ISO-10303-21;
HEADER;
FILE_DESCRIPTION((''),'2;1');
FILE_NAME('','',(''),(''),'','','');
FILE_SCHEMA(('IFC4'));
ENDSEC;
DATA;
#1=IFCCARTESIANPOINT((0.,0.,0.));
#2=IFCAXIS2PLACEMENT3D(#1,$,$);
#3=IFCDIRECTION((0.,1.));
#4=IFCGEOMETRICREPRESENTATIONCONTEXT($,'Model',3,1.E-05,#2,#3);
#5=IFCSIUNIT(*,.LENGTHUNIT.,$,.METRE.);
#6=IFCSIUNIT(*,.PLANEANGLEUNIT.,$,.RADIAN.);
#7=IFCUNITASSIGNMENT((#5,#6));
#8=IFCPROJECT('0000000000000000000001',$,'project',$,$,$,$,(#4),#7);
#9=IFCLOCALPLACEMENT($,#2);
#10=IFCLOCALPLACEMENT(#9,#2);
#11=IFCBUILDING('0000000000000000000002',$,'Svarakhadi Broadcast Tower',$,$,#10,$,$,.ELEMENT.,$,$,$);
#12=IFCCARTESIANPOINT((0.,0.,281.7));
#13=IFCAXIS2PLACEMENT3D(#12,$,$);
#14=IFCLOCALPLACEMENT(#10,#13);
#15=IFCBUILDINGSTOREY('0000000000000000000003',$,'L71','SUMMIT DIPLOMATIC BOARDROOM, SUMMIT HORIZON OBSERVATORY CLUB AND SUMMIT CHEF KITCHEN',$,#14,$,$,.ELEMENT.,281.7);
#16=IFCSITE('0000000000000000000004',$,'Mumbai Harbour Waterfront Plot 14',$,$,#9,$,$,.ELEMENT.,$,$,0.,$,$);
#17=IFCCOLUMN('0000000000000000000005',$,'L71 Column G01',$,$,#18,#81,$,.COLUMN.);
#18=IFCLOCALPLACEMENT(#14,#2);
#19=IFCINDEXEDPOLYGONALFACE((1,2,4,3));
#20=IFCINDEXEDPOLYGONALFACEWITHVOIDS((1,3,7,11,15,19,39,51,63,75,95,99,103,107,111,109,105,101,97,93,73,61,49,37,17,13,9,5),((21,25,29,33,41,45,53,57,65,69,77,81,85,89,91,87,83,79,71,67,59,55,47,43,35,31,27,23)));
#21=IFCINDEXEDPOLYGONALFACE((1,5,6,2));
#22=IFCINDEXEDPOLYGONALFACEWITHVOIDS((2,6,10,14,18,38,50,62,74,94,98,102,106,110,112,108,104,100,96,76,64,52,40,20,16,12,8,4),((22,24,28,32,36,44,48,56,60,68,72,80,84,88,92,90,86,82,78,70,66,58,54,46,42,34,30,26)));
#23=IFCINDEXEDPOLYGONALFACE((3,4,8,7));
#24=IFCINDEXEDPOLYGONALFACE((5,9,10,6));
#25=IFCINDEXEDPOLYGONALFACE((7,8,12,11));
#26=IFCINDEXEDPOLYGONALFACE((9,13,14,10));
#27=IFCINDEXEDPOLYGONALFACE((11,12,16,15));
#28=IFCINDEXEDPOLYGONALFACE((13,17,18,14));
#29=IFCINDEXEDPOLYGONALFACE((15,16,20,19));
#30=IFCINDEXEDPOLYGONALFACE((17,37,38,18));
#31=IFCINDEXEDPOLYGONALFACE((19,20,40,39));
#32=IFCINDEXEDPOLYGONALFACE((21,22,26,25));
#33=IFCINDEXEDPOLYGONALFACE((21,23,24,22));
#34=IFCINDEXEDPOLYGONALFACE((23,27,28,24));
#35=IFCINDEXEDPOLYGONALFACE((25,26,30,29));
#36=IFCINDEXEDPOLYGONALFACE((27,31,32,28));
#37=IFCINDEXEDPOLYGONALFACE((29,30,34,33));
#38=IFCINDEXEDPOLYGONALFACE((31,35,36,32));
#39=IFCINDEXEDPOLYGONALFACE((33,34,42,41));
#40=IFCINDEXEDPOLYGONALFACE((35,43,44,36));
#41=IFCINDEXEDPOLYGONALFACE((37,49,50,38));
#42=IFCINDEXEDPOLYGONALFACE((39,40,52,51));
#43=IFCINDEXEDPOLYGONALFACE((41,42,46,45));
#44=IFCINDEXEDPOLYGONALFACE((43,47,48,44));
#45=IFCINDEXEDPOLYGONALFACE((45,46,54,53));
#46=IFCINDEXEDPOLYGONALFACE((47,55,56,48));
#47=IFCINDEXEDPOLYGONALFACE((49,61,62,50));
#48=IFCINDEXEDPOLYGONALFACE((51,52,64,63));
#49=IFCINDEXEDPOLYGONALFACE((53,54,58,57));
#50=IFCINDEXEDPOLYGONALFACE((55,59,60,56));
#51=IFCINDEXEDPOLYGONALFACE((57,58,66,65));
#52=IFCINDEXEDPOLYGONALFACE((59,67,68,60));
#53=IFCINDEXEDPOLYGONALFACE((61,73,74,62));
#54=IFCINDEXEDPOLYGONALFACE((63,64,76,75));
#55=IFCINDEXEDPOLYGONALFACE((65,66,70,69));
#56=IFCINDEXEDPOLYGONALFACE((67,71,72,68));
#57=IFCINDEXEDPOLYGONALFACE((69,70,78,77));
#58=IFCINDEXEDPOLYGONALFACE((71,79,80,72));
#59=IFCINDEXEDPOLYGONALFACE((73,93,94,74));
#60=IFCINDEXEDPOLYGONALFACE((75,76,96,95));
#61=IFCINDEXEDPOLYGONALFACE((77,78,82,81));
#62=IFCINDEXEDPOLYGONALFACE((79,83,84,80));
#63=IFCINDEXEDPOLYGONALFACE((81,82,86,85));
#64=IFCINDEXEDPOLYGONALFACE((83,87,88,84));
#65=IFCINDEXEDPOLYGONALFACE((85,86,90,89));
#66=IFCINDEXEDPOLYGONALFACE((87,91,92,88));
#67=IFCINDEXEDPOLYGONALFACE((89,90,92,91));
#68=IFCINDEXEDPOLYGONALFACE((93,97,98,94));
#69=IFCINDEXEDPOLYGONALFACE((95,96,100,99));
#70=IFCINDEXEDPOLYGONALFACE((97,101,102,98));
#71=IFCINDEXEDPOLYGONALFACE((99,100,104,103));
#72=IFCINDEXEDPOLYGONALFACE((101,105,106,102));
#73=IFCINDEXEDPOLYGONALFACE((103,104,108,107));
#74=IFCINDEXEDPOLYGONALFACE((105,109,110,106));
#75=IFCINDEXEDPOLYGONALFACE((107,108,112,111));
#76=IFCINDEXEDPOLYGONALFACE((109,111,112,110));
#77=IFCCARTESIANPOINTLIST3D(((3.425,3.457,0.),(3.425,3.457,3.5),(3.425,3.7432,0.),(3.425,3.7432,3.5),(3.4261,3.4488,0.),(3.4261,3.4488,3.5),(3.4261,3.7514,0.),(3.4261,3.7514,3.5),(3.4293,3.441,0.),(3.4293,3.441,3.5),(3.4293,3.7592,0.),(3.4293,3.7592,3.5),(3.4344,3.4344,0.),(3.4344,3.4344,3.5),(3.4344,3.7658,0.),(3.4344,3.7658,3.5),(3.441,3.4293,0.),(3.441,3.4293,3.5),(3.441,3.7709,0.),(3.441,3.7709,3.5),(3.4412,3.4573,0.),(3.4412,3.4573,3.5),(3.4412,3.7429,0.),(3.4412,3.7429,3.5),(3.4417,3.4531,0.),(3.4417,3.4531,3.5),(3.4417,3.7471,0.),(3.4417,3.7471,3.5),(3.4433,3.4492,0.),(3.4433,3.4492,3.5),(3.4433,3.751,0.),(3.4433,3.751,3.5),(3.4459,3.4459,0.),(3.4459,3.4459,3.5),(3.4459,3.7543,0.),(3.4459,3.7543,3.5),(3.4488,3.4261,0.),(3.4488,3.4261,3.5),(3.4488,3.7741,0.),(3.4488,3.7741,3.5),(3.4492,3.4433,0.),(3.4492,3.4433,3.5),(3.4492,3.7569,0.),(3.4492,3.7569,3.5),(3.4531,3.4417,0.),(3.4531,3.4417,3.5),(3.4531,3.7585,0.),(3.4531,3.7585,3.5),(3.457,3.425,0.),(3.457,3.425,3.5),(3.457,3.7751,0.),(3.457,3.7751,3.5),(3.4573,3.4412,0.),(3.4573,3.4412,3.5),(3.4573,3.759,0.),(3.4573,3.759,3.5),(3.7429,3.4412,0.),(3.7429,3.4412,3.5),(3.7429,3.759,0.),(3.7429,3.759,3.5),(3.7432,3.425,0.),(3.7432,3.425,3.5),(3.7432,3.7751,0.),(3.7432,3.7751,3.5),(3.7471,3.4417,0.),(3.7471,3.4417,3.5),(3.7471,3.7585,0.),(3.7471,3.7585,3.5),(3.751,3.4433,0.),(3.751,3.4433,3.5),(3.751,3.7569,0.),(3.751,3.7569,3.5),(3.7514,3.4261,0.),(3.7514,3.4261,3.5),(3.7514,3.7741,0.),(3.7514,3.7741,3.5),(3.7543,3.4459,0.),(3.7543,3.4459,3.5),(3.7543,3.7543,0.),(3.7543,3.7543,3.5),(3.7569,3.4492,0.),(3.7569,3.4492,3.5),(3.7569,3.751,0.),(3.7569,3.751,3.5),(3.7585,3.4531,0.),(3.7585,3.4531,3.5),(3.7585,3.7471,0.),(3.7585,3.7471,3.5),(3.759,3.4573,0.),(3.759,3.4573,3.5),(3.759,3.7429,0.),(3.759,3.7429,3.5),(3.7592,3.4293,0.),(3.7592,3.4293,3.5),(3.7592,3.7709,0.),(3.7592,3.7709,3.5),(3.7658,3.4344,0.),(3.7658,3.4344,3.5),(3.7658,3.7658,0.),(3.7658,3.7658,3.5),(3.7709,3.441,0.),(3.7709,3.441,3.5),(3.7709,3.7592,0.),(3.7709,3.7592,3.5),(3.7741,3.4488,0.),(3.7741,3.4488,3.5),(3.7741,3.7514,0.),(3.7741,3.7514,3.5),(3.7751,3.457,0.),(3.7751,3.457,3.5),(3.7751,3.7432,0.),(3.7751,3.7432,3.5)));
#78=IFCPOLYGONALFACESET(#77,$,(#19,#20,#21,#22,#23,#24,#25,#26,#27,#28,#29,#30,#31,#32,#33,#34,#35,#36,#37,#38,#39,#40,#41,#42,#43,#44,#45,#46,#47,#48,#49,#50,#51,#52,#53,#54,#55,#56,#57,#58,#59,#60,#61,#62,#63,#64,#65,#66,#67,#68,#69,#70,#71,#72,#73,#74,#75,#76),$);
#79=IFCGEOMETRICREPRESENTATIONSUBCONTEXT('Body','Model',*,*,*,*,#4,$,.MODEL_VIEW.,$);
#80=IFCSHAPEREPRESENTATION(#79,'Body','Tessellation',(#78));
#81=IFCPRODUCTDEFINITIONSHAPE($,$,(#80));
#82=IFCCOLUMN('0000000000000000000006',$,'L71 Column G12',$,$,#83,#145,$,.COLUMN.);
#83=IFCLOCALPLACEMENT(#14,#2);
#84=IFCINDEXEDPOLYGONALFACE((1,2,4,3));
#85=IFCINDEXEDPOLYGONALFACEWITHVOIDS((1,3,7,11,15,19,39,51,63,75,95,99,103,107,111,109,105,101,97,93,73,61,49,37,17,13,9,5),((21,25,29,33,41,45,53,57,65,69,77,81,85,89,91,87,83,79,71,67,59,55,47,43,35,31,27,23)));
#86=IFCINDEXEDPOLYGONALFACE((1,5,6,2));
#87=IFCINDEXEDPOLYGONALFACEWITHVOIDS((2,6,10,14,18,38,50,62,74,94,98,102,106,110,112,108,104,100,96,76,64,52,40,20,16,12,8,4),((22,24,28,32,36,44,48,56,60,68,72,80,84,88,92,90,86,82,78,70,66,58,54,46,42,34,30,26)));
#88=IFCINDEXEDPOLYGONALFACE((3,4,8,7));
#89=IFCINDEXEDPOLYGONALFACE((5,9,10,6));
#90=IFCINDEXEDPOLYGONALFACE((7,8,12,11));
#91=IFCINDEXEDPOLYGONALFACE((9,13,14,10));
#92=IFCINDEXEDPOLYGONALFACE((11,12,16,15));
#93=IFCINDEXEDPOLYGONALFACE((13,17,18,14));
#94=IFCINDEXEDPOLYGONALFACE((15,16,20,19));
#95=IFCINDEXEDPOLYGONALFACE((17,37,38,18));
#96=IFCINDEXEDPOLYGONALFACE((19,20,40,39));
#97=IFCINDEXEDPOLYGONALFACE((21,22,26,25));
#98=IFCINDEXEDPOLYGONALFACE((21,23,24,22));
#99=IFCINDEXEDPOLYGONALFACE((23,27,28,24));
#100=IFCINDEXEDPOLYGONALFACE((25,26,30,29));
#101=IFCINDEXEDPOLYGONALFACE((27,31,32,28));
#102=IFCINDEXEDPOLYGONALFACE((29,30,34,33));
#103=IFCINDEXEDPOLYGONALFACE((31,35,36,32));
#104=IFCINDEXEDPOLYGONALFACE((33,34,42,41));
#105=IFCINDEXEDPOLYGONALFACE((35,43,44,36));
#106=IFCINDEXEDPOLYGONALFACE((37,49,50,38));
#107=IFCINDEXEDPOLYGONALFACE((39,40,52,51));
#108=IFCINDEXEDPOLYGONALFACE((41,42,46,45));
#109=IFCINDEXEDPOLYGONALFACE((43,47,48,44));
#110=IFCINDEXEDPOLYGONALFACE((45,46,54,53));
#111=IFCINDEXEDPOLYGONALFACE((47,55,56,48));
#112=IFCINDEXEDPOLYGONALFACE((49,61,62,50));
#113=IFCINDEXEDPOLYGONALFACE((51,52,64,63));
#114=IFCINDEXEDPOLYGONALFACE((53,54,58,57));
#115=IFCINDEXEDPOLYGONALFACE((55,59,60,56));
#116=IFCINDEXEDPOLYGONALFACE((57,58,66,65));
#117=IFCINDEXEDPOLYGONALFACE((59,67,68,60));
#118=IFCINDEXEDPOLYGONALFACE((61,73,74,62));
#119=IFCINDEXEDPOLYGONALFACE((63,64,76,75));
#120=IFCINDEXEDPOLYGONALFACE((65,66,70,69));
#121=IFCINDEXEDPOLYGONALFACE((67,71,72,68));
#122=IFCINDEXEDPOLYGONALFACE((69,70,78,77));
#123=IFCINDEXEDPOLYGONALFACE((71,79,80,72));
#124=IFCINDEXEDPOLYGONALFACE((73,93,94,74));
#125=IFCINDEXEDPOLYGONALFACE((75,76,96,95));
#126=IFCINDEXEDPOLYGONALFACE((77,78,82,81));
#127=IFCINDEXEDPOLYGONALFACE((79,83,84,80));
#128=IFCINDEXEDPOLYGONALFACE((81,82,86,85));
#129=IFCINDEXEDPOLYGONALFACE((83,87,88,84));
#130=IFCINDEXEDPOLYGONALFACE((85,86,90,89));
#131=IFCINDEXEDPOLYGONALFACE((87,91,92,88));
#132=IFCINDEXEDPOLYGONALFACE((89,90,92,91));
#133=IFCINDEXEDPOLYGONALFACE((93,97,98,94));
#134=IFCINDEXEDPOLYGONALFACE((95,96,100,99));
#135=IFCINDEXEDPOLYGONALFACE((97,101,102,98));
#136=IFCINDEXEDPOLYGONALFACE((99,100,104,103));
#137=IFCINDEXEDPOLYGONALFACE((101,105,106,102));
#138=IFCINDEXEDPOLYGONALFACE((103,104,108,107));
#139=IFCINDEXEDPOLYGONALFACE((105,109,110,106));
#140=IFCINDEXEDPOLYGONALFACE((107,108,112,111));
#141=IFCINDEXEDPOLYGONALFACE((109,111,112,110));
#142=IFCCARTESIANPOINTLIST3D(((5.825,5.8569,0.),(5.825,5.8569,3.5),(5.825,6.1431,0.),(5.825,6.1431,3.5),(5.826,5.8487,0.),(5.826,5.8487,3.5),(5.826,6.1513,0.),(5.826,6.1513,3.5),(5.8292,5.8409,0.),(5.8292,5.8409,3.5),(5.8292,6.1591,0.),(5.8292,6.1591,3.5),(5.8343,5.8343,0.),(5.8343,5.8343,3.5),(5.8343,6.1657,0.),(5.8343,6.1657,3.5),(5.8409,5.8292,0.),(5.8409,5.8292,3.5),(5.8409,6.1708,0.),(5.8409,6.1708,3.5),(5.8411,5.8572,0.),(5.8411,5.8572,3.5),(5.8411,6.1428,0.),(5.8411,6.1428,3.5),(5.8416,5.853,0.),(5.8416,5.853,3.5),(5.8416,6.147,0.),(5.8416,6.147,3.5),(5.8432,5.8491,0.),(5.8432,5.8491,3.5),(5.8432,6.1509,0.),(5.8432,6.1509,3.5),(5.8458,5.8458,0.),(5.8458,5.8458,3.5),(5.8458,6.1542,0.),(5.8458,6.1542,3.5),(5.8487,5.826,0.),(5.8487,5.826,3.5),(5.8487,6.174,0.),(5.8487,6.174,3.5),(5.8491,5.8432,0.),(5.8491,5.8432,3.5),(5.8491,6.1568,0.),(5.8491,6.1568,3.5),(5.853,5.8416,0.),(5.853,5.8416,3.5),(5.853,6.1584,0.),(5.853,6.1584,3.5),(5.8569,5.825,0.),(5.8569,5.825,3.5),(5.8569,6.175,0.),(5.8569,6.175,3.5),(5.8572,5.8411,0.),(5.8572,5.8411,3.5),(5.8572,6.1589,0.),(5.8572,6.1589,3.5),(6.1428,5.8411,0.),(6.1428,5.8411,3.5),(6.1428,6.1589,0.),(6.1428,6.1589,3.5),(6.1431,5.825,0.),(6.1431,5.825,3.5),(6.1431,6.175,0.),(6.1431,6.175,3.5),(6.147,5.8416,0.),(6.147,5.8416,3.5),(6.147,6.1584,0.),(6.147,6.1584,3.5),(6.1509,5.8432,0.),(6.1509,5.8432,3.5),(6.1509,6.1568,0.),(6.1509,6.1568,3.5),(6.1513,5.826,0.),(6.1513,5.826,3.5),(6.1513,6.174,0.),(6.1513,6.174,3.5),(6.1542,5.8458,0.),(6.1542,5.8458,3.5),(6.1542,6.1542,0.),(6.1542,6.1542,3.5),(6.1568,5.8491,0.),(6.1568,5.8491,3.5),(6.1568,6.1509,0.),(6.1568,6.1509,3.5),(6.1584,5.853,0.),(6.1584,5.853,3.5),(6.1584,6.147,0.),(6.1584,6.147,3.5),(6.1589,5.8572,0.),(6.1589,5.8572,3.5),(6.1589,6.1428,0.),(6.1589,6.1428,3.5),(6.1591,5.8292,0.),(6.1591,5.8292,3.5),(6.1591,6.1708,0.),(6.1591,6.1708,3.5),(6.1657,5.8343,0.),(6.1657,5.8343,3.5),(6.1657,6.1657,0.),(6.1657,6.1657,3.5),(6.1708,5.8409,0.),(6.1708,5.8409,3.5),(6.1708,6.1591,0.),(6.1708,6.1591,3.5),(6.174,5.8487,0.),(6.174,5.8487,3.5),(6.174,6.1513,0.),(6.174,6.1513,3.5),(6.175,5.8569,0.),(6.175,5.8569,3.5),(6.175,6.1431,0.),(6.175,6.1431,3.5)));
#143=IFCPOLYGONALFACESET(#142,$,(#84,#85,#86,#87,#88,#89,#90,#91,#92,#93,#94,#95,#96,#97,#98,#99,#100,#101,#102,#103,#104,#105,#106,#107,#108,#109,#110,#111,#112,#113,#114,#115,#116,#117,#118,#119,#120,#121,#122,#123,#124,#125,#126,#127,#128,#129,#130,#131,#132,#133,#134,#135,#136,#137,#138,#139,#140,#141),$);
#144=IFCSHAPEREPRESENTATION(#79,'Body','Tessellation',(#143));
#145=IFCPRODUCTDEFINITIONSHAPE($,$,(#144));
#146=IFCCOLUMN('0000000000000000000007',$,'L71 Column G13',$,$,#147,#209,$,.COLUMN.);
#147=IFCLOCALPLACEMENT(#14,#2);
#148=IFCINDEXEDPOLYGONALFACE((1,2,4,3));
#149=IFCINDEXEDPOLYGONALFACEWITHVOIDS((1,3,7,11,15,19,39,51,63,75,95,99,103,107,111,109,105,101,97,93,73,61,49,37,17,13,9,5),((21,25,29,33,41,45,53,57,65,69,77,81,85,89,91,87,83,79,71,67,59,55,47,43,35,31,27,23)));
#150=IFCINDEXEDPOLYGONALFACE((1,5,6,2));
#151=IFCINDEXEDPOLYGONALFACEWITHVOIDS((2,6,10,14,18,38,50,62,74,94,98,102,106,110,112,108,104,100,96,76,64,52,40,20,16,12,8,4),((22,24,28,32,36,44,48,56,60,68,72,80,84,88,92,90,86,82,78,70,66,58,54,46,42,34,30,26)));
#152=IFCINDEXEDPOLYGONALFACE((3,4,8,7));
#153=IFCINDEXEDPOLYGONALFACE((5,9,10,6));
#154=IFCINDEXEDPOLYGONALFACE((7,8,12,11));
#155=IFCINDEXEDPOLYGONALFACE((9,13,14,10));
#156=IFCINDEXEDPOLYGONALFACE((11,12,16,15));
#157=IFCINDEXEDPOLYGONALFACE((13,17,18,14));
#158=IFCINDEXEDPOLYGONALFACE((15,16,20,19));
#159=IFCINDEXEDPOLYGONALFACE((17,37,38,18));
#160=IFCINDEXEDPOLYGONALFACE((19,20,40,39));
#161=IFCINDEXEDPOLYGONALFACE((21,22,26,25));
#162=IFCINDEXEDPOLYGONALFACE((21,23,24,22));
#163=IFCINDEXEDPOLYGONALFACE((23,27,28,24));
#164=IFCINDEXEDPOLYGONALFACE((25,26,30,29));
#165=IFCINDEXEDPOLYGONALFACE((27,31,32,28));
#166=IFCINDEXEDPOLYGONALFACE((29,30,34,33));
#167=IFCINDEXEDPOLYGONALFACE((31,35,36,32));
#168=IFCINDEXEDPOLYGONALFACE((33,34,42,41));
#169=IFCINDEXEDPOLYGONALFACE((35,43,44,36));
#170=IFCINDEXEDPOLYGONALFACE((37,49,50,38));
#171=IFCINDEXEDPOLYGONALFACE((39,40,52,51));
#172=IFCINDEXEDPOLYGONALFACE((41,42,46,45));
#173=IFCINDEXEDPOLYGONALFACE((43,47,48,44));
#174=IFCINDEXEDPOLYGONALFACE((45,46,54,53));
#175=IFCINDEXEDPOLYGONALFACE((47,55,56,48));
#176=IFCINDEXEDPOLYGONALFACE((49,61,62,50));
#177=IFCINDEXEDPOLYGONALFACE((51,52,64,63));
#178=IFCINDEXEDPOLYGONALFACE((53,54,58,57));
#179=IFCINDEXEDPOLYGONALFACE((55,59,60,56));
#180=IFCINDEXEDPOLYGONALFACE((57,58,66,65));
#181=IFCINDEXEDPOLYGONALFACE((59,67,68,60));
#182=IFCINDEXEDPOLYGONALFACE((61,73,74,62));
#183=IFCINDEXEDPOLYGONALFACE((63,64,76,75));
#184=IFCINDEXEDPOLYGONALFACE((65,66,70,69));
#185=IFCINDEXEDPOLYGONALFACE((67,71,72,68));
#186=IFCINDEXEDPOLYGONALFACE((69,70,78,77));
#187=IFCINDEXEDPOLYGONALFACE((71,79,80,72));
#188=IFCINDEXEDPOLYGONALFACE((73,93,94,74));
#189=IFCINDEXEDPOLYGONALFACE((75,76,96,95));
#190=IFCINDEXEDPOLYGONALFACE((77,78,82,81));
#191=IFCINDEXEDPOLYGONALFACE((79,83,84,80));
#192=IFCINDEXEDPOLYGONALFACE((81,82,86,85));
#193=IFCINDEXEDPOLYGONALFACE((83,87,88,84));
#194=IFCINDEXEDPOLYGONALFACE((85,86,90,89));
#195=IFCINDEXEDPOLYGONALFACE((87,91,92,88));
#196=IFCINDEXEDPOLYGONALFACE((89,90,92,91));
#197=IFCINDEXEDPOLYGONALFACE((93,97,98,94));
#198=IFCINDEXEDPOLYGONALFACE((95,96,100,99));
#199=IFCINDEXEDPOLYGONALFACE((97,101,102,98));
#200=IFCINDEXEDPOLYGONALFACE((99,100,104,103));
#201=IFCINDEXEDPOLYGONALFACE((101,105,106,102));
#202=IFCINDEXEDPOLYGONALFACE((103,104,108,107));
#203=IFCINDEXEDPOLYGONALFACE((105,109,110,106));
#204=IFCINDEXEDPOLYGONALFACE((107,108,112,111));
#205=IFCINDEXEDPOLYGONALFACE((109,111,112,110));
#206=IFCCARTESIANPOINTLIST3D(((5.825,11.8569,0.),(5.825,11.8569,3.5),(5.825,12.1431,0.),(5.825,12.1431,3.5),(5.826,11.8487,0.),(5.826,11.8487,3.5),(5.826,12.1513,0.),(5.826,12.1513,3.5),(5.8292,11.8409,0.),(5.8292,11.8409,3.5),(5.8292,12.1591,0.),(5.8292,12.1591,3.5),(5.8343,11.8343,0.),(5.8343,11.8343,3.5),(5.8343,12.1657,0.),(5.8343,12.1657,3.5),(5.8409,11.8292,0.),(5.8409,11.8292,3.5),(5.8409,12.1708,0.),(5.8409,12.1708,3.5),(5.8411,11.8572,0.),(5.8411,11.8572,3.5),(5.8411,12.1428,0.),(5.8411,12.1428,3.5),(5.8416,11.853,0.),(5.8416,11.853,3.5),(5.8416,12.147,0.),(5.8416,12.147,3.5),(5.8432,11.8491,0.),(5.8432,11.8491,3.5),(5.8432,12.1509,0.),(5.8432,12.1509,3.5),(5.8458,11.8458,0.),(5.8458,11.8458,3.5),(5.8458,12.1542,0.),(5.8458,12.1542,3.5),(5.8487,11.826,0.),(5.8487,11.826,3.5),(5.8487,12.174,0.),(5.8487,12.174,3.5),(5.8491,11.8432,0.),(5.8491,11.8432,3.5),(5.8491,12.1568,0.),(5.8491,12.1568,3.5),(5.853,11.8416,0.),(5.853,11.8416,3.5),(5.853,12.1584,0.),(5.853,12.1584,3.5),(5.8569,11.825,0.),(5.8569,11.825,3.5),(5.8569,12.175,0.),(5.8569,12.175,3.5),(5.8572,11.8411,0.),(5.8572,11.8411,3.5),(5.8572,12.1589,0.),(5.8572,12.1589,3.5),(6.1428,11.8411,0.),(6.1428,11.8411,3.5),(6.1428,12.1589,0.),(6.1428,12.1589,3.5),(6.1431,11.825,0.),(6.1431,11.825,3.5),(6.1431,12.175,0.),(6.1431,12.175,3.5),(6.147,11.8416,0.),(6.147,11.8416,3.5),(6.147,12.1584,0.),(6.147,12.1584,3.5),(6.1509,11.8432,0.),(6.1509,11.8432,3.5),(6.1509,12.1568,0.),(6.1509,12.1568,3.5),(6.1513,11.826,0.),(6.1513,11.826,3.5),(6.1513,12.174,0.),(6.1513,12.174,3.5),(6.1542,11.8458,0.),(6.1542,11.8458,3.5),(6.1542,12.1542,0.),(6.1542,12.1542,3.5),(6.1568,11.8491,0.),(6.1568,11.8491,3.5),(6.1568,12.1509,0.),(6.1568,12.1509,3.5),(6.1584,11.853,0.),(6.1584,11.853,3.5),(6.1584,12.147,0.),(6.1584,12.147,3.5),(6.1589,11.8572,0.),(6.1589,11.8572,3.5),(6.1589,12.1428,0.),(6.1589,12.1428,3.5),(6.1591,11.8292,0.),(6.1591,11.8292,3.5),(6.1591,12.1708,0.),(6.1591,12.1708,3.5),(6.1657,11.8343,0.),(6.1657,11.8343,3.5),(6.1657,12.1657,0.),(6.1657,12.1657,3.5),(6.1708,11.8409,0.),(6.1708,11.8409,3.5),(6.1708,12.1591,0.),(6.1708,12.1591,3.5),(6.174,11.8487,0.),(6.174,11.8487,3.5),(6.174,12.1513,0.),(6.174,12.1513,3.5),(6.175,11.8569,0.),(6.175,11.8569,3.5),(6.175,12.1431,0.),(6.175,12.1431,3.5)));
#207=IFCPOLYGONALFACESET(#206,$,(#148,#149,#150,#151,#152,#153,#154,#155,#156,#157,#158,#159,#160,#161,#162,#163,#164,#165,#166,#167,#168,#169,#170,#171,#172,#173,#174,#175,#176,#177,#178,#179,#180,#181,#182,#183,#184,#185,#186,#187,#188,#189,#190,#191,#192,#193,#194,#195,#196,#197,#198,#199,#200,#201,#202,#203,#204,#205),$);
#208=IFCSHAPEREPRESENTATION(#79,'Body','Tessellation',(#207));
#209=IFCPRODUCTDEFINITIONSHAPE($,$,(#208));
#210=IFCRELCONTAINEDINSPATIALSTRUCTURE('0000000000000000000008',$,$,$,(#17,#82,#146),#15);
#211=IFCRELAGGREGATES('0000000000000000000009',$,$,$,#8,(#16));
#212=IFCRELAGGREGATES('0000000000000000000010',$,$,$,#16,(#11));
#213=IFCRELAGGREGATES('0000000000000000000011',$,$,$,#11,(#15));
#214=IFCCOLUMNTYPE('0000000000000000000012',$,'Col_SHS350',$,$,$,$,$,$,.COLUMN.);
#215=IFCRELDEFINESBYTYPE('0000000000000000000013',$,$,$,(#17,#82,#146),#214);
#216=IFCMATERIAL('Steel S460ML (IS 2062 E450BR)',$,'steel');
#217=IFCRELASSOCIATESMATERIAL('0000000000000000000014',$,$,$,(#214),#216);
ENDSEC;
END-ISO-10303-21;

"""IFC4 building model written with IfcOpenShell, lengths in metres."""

from ifc_helpers import new_model, si_unit, direction, frame, origin, origin_2d, place, context, subcontext, project, spatial, hollow_rectangle, extrude, material, material_profile, profile_set, type_object, element, save


model = new_model("IFC4")

# Units and contexts
model_context = context("Model", 3, precision=1e-05, world=origin(), true_north=direction((0.0, 1.0)))
body_context = subcontext(model_context, "Body", "Model", "MODEL_VIEW")
ifc_project = project(units=[si_unit("LENGTHUNIT", "METRE"), si_unit("PLANEANGLEUNIT", "RADIAN")], contexts=[model_context])

# Site, building, storey
site_placement = place(None, origin())
site = spatial("IfcSite", under=ifc_project, at=site_placement, Name="Mumbai Harbour Waterfront Plot 14", CompositionType="ELEMENT", RefElevation=0.0)
building_placement = place(site_placement, origin())
building = spatial("IfcBuilding", under=site, at=building_placement, Name="Svarakhadi Broadcast Tower", CompositionType="ELEMENT")
storey_placement = place(building_placement, frame((0.0, 0.0, 281.7)))
storey = spatial("IfcBuildingStorey", under=building, at=storey_placement, Name="L71", Description="SUMMIT DIPLOMATIC BOARDROOM, SUMMIT HORIZON OBSERVATORY CLUB AND SUMMIT CHEF KITCHEN", CompositionType="ELEMENT", Elevation=281.7)

# Columns
ifc_material_1 = material(Name="Steel S460ML (IS 2062 E450BR)", Category="steel")
ifc_material_profile_1 = material_profile(ifc_material_1, hollow_rectangle(XDim=0.3501, YDim=0.3501, WallThickness=0.0161, InnerFilletRadius=0.0161, OuterFilletRadius=0.032, at=origin_2d()), Name="SHS 350x350x16")
ifc_profile_set_1 = profile_set([ifc_material_profile_1], Name="Steel S460ML (IS 2062 E450BR)")
column_type = type_object("IfcColumnType", Name="Col_SHS350", PredefinedType="COLUMN", material=ifc_profile_set_1)
for number, where, z_axis, x_axis, name in (
    (1, (3.6001, 3.6001, 0.0), (0.0, 0.0, 1.0), (1.0, 0.0, 0.0), "L71 Column G01"),
    (2, (6.0, 6.0, 0.0), (0.0, 0.0, 1.0), (1.0, 0.0, 0.0), "L71 Column G12"),
    (3, (6.0, 12.0, 0.0), (0.0, 0.0, 1.0), (1.0, 0.0, 0.0), "L71 Column G13"),
):
    element("IfcColumn", number, at=place(storey_placement, frame(where, z_axis=z_axis, x_axis=x_axis)), inside=storey, type_object=column_type, Name=name, PredefinedType="COLUMN", context=body_context, shape_type="SweptSolid", body=[
        extrude(hollow_rectangle(XDim=0.3501, YDim=0.3501, WallThickness=0.0161, InnerFilletRadius=0.0161, OuterFilletRadius=0.032, at=origin_2d()), origin(), (0.0, 0.0, 1.0), 3.5),
    ])

save(model, "model.ifc")
